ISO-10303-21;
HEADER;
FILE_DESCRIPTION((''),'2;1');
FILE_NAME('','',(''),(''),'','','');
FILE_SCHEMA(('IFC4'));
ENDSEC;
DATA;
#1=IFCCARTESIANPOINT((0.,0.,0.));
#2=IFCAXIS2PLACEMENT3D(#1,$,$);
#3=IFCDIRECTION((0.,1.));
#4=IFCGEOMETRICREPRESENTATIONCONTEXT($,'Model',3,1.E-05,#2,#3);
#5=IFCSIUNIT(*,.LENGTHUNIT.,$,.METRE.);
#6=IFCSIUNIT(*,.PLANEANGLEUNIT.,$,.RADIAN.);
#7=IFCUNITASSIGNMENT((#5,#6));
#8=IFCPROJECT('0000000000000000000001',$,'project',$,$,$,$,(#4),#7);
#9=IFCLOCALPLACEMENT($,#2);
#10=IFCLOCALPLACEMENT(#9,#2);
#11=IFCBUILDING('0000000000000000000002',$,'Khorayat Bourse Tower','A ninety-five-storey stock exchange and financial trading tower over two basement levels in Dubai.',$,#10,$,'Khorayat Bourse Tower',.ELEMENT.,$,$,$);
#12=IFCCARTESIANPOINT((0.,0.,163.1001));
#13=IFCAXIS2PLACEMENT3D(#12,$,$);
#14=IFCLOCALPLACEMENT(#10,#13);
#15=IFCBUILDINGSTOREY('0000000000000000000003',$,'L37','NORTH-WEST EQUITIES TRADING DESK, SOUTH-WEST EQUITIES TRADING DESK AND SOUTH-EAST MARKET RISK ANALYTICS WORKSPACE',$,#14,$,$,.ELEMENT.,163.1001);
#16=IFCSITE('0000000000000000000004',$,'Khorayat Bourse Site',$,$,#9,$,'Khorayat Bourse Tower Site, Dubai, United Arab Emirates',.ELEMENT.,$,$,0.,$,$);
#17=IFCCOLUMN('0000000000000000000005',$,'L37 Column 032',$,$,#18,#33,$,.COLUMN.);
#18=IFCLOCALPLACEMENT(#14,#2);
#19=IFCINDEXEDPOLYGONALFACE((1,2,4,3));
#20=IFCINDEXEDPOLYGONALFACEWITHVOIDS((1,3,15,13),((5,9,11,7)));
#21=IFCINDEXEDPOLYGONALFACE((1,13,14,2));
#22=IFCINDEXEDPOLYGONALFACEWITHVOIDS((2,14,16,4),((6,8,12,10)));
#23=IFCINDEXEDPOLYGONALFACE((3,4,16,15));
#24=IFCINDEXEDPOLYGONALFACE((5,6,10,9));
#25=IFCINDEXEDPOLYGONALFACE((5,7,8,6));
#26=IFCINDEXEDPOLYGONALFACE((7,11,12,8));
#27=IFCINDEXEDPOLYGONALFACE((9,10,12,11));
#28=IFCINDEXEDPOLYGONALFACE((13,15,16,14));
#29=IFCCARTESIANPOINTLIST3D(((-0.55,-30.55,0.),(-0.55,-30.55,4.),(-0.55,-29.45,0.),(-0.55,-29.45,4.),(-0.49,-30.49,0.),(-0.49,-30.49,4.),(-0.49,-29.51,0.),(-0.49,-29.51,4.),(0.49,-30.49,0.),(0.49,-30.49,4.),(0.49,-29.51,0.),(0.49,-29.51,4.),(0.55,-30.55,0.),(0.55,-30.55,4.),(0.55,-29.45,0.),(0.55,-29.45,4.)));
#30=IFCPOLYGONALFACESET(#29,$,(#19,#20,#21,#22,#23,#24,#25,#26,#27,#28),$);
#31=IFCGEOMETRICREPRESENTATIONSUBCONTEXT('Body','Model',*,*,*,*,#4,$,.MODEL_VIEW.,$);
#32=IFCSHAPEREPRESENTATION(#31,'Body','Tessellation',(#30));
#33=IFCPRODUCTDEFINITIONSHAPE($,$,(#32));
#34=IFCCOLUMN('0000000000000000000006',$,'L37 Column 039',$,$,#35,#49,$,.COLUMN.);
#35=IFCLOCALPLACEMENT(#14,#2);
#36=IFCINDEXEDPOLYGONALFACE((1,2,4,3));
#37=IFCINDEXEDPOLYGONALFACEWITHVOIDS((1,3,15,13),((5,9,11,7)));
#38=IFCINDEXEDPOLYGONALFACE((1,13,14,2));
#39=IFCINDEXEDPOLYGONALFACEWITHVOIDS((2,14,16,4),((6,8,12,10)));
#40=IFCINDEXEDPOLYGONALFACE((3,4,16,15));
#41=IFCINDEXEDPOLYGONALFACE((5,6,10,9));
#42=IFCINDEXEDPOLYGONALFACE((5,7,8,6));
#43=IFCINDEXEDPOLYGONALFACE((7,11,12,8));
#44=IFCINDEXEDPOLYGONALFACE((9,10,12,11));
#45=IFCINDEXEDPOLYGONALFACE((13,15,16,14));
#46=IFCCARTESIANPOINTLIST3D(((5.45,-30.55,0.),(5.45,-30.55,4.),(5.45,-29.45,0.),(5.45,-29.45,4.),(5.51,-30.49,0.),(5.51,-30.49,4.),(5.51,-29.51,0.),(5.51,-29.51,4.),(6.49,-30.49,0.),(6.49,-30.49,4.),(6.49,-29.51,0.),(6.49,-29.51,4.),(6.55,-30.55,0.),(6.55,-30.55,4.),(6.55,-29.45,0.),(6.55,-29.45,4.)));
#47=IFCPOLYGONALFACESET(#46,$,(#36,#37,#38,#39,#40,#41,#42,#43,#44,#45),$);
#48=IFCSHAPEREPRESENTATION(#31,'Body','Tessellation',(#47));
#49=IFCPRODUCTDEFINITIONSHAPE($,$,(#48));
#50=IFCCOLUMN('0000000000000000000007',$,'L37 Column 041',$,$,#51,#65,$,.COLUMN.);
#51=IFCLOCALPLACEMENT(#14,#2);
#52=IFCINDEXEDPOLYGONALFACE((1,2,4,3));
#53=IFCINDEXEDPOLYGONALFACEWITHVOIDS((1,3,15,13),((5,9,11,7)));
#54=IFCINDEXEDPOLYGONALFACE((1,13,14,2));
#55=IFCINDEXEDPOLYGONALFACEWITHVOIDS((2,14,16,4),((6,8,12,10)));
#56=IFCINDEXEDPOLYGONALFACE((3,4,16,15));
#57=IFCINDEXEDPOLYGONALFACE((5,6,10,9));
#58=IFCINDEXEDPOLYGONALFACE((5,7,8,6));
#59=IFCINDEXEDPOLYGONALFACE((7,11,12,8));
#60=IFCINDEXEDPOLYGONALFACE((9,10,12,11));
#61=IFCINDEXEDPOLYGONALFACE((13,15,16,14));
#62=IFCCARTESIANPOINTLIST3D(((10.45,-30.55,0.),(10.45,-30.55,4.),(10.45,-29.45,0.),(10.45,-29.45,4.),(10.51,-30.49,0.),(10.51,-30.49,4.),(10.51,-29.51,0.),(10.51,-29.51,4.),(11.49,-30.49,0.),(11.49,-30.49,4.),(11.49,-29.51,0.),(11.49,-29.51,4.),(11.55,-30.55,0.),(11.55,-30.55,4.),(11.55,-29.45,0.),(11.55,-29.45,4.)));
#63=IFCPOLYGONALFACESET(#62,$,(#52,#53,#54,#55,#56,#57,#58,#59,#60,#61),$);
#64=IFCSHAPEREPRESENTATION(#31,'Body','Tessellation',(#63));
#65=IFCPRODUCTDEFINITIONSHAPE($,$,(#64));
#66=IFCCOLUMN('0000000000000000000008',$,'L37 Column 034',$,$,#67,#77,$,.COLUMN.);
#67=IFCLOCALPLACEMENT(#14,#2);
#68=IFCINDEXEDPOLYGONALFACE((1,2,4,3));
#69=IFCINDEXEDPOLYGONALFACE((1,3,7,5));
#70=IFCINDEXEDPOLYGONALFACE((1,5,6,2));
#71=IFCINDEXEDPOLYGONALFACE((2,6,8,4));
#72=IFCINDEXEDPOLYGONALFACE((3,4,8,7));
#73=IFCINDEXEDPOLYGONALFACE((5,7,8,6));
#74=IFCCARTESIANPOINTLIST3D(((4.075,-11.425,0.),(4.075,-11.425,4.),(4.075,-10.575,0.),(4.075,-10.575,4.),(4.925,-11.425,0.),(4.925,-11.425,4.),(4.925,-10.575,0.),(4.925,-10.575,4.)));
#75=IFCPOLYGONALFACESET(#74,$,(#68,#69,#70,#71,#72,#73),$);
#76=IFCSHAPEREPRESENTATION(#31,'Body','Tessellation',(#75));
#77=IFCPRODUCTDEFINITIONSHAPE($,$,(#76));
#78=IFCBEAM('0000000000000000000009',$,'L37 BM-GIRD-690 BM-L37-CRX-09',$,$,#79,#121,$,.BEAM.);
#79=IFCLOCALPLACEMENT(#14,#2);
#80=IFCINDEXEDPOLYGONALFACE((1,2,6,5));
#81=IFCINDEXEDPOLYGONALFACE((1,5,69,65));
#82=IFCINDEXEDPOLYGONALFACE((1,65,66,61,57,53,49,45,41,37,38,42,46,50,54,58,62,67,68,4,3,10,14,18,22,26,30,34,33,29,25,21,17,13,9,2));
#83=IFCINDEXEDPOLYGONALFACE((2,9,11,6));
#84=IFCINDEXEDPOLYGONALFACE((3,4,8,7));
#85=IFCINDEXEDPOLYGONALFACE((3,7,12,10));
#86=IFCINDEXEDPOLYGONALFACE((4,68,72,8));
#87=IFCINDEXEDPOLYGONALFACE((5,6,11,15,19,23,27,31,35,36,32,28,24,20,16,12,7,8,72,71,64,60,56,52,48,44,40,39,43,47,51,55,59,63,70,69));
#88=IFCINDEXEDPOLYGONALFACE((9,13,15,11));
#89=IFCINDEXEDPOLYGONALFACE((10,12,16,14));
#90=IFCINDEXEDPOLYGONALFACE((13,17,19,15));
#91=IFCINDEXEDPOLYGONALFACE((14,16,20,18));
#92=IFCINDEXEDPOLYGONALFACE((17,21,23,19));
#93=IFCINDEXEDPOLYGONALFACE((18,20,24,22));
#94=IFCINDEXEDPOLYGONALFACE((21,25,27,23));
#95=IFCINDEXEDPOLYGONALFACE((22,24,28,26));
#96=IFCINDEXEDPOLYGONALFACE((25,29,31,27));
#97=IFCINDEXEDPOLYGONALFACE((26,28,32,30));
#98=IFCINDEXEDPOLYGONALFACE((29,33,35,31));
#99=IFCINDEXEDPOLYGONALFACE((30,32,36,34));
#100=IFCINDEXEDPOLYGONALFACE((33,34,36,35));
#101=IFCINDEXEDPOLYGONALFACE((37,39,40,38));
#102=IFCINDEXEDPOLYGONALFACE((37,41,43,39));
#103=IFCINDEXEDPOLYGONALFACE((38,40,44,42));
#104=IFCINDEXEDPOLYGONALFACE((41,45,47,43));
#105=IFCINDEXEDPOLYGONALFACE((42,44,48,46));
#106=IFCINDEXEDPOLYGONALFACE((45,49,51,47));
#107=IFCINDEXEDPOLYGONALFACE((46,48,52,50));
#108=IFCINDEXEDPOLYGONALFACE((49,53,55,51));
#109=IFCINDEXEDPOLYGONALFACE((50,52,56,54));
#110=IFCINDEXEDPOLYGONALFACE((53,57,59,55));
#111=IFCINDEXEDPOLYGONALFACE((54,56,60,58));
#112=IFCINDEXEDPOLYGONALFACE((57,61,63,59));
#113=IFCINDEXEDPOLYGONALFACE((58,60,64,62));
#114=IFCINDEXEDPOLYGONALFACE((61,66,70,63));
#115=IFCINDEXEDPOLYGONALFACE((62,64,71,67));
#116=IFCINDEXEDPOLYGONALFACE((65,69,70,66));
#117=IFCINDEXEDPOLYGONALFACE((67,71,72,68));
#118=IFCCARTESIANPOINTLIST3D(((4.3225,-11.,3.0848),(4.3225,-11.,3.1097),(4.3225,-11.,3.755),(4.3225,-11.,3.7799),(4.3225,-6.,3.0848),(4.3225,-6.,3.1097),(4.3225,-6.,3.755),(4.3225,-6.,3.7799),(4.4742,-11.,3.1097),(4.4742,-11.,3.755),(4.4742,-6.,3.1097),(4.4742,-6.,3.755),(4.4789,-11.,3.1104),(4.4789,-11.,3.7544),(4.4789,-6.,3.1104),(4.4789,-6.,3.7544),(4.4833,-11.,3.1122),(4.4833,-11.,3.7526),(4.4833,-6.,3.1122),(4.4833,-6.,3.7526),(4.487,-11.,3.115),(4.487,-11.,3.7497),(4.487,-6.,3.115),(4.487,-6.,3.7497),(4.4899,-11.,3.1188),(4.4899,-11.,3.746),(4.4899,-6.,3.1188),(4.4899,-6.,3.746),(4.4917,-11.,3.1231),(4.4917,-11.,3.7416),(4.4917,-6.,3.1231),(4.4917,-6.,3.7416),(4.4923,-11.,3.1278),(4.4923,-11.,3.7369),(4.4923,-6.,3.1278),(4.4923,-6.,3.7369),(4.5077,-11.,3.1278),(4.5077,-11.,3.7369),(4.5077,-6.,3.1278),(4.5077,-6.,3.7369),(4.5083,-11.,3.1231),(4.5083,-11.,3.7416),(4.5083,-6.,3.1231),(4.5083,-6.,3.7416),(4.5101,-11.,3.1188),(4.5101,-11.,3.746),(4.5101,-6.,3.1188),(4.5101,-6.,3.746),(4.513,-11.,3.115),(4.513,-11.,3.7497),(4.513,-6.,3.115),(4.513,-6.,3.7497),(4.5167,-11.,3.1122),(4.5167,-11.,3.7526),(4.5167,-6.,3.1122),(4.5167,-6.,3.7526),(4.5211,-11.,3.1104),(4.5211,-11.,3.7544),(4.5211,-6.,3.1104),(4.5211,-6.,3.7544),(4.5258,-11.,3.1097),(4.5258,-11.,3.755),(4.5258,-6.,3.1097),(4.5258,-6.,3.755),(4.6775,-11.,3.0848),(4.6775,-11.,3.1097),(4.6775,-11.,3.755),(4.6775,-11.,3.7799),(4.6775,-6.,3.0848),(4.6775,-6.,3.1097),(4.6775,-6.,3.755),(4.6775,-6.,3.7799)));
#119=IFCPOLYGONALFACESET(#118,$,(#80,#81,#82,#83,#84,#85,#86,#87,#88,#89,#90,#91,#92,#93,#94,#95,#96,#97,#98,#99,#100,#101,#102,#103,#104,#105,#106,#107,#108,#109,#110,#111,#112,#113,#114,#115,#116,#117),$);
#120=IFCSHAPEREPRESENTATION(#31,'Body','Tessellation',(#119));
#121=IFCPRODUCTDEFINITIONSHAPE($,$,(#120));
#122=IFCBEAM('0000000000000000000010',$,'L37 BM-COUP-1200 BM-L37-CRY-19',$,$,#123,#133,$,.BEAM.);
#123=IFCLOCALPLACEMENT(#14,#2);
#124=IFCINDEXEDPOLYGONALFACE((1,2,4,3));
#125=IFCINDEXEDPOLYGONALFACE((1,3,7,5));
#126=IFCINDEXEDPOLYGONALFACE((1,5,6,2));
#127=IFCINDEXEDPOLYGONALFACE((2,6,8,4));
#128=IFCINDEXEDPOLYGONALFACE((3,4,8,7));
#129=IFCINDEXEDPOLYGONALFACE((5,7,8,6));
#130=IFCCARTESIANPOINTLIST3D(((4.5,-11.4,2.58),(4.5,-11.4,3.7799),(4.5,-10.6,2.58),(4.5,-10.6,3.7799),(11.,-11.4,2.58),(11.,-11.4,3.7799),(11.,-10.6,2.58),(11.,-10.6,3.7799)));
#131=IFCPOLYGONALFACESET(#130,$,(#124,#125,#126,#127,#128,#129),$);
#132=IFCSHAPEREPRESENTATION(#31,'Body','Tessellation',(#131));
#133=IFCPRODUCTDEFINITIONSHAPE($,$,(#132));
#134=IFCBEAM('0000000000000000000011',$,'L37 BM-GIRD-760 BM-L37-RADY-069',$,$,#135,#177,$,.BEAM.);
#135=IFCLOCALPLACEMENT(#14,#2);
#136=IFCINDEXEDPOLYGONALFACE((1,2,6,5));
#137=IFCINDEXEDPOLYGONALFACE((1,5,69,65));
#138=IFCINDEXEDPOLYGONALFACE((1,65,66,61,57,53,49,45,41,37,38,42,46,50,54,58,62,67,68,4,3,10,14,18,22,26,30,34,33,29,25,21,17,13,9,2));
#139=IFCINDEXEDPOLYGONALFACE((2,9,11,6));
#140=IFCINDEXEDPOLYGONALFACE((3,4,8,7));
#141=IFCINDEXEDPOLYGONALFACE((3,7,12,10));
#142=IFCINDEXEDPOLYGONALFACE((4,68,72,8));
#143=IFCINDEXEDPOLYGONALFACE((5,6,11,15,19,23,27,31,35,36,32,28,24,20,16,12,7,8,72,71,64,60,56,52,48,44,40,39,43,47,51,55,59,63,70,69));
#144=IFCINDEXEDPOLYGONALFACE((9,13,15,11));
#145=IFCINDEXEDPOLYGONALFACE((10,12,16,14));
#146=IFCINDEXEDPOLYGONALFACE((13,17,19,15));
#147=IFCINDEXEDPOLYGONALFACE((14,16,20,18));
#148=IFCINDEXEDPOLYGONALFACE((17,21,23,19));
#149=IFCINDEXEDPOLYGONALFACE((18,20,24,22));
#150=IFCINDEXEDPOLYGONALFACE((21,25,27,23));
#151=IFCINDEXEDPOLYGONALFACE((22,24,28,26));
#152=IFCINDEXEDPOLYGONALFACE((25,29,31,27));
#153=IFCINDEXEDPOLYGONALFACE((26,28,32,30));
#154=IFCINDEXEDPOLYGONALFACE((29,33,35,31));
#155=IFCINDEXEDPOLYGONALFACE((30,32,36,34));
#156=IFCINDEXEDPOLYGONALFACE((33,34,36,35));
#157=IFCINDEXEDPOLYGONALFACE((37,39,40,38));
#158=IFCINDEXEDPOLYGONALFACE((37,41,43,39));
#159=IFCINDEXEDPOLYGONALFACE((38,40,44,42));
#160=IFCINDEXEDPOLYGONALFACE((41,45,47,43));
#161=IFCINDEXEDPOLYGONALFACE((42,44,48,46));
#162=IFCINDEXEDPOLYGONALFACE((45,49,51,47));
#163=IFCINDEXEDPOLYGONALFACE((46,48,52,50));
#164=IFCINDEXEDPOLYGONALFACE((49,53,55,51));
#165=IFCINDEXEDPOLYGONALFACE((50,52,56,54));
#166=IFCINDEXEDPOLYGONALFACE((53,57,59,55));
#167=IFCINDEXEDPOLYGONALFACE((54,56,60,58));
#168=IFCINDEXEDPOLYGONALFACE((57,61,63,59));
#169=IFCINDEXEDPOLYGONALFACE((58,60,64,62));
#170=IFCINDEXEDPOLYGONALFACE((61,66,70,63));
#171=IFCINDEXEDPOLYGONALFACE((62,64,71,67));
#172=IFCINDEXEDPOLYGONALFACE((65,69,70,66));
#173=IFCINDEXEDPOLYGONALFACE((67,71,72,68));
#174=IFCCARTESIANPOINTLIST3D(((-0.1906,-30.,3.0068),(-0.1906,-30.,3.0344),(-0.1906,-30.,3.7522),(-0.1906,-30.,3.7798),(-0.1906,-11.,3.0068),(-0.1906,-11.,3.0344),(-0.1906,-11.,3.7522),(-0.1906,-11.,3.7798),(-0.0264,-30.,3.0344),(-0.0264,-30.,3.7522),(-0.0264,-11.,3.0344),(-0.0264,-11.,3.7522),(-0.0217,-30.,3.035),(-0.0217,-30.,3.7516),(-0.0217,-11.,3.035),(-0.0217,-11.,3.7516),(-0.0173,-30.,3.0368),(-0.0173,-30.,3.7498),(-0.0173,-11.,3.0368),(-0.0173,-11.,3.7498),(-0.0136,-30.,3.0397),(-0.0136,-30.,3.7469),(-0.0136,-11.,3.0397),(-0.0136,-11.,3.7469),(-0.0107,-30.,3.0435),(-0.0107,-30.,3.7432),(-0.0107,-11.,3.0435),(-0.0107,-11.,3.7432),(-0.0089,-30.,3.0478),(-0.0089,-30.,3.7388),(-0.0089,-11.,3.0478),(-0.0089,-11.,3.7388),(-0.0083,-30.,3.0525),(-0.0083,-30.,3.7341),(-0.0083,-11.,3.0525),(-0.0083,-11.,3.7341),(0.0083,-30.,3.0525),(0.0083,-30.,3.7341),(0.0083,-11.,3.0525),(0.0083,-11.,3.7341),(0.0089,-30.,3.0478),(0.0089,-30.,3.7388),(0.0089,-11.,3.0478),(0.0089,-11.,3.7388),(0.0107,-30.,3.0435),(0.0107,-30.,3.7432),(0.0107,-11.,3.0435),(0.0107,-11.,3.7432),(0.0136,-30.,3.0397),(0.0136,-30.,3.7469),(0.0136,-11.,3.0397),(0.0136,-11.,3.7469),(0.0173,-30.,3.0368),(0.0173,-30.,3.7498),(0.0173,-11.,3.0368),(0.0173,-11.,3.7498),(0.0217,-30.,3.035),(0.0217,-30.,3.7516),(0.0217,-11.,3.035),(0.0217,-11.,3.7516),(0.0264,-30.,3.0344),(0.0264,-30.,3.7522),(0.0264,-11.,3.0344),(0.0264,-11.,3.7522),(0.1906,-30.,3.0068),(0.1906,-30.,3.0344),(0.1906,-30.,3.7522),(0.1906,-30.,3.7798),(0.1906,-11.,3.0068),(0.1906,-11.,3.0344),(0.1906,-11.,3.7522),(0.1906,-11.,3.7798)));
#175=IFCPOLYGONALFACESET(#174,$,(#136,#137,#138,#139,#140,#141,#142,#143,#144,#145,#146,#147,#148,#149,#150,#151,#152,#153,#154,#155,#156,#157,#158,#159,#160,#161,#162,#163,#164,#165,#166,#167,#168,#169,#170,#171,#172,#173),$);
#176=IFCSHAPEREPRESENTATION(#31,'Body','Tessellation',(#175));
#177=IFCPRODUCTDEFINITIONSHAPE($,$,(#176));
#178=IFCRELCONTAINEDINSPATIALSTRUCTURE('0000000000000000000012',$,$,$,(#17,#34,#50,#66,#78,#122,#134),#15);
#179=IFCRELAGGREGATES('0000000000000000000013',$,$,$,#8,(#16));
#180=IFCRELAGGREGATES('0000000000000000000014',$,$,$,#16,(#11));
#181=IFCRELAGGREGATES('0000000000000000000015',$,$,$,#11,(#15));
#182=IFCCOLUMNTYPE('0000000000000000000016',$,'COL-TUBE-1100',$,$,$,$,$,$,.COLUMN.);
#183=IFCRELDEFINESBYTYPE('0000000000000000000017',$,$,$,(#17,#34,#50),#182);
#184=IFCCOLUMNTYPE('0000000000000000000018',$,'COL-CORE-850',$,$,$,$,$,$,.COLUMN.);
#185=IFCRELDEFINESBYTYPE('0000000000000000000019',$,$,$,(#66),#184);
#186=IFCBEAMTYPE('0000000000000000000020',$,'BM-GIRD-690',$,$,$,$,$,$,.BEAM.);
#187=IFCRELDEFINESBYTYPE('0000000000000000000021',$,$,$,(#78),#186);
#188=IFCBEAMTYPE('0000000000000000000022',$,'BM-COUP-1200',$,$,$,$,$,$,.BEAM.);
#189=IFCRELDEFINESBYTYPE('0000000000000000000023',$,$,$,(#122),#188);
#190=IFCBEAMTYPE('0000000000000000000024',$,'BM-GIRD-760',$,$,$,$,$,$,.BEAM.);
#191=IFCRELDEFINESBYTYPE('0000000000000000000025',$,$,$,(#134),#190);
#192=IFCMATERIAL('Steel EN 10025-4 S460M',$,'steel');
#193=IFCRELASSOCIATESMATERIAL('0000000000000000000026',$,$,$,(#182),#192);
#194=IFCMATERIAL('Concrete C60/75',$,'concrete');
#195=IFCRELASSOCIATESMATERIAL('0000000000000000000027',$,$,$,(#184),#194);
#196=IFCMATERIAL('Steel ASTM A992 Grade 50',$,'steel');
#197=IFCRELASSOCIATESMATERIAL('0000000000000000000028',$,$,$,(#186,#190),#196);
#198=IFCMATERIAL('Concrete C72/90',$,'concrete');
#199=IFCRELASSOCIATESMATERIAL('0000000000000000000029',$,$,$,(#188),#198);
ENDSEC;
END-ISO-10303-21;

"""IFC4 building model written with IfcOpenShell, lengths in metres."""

from ifc_helpers import new_model, si_unit, direction, frame, origin, origin_2d, place, context, subcontext, project, spatial, rectangle, hollow_rectangle, i_section, extrude, source, transform, mapped, material, material_profile, profile_set, type_object, element, save


model = new_model("IFC4")

# Units and contexts
model_context = context("Model", 3, precision=1e-05, world=origin(), true_north=direction((0.0, 1.0)))
body_context = subcontext(model_context, "Body", "Model", "MODEL_VIEW")
ifc_project = project(units=[si_unit("LENGTHUNIT", "METRE"), si_unit("PLANEANGLEUNIT", "RADIAN")], contexts=[model_context])

# Site, building, storey
site_placement = place(None, origin())
site = spatial("IfcSite", under=ifc_project, at=site_placement, Name="Khorayat Bourse Site", LongName="Khorayat Bourse Tower Site, Dubai, United Arab Emirates", CompositionType="ELEMENT", RefElevation=0.0)
building_placement = place(site_placement, origin())
building = spatial("IfcBuilding", under=site, at=building_placement, Name="Khorayat Bourse Tower", Description="A ninety-five-storey stock exchange and financial trading tower over two basement levels in Dubai.", LongName="Khorayat Bourse Tower", CompositionType="ELEMENT")
storey_placement = place(building_placement, frame((0.0, 0.0, 163.1001)))
storey = spatial("IfcBuildingStorey", under=building, at=storey_placement, Name="L37", Description="NORTH-WEST EQUITIES TRADING DESK, SOUTH-WEST EQUITIES TRADING DESK AND SOUTH-EAST MARKET RISK ANALYTICS WORKSPACE", CompositionType="ELEMENT", Elevation=163.1001)

# Columns
ifc_material_1 = material(Name="Steel EN 10025-4 S460M", Category="steel")
ifc_material_profile_1 = material_profile(ifc_material_1, hollow_rectangle(XDim=1.1001, YDim=1.1001, WallThickness=0.0601, at=origin_2d()), Name="BOX 1100x1100x60")
ifc_profile_set_1 = profile_set([ifc_material_profile_1], Name="Steel EN 10025-4 S460M")
column_type_1 = type_object("IfcColumnType", Name="COL-TUBE-1100", PredefinedType="COLUMN", material=ifc_profile_set_1)
shared_shape_1 = source(origin(), body_context, "Body", "SweptSolid", [
    extrude(hollow_rectangle(XDim=1.1001, YDim=1.1001, WallThickness=0.0601, at=origin_2d()), origin(), (0.0, 0.0, 1.0), 4.0),
])
for number, where, z_axis, x_axis, name in (
    (1, (0.0, -30.0, 0.0), (0.0, 0.0, 1.0), (1.0, 0.0, 0.0), "L37 Column 032"),
    (2, (6.0, -30.0, 0.0), (0.0, 0.0, 1.0), (1.0, 0.0, 0.0), "L37 Column 039"),
    (3, (11.0, -30.0, 0.0), (0.0, 0.0, 1.0), (1.0, 0.0, 0.0), "L37 Column 041"),
):
    element("IfcColumn", number, at=place(storey_placement, frame(where, z_axis=z_axis, x_axis=x_axis)), inside=storey, type_object=column_type_1, Name=name, PredefinedType="COLUMN", context=body_context, shape_type="MappedRepresentation", body=[
        mapped(shared_shape_1, transform((0.0, 0.0, 0.0), scale=1.0)),
    ])
ifc_material_2 = material(Name="Concrete C60/75", Category="concrete")
ifc_material_profile_2 = material_profile(ifc_material_2, rectangle(XDim=0.8501, YDim=0.8501, at=origin_2d()), Name="RC 850x850")
ifc_profile_set_2 = profile_set([ifc_material_profile_2], Name="Concrete C60/75")
column_type_2 = type_object("IfcColumnType", Name="COL-CORE-850", PredefinedType="COLUMN", material=ifc_profile_set_2)
shared_shape_2 = source(origin(), body_context, "Body", "SweptSolid", [
    extrude(rectangle(XDim=0.8501, YDim=0.8501, at=origin_2d()), origin(), (0.0, 0.0, 1.0), 4.0),
])
column_placement = place(storey_placement, frame((4.5, -11.0, 0.0), z_axis=(0.0, 0.0, 1.0), x_axis=(1.0, 0.0, 0.0)))
element("IfcColumn", 4, at=column_placement, inside=storey, type_object=column_type_2, Name="L37 Column 034", PredefinedType="COLUMN", context=body_context, shape_type="MappedRepresentation", body=[
    mapped(shared_shape_2, transform((0.0, 0.0, 0.0), scale=1.0)),
])

# Beams
ifc_material_3 = material(Name="Steel ASTM A992 Grade 50", Category="steel")
ifc_material_profile_3 = material_profile(ifc_material_3, i_section(OverallWidth=0.355, OverallDepth=0.6951, WebThickness=0.0154, FlangeThickness=0.0249, FilletRadius=0.0181, at=origin_2d()), Name="W690X217")
ifc_profile_set_3 = profile_set([ifc_material_profile_3], Name="Steel ASTM A992 Grade 50")
beam_type_1 = type_object("IfcBeamType", Name="BM-GIRD-690", PredefinedType="BEAM", material=ifc_profile_set_3)
shared_shape_3 = source(origin(), body_context, "Body", "SweptSolid", [
    extrude(i_section(OverallWidth=0.355, OverallDepth=0.6951, WebThickness=0.0154, FlangeThickness=0.0249, FilletRadius=0.0181, at=origin_2d()), origin(), (0.0, 0.0, 1.0), 5.0),
])
beam_1_placement = place(storey_placement, frame((4.5, -11.0, 3.4324), z_axis=(0.0, 1.0, 0.0), x_axis=(-1.0, 0.0, 0.0)))
element("IfcBeam", 5, at=beam_1_placement, inside=storey, type_object=beam_type_1, Name="L37 BM-GIRD-690 BM-L37-CRX-09", PredefinedType="BEAM", context=body_context, shape_type="MappedRepresentation", body=[
    mapped(shared_shape_3, transform((0.0, 0.0, 0.0), scale=1.0)),
])
ifc_material_4 = material(Name="Concrete C72/90", Category="concrete")
ifc_material_profile_4 = material_profile(ifc_material_4, rectangle(XDim=0.8, YDim=1.2, at=origin_2d()), Name="RC 800x1200")
ifc_profile_set_4 = profile_set([ifc_material_profile_4], Name="Concrete C72/90")
beam_type_2 = type_object("IfcBeamType", Name="BM-COUP-1200", PredefinedType="BEAM", material=ifc_profile_set_4)
shared_shape_4 = source(origin(), body_context, "Body", "SweptSolid", [
    extrude(rectangle(XDim=0.8, YDim=1.2, at=origin_2d()), origin(), (0.0, 0.0, 1.0), 6.5),
])
beam_2_placement = place(storey_placement, frame((4.5, -11.0, 3.1799), z_axis=(1.0, 0.0, 0.0), x_axis=(0.0, 1.0, 0.0)))
element("IfcBeam", 6, at=beam_2_placement, inside=storey, type_object=beam_type_2, Name="L37 BM-COUP-1200 BM-L37-CRY-19", PredefinedType="BEAM", context=body_context, shape_type="MappedRepresentation", body=[
    mapped(shared_shape_4, transform((0.0, 0.0, 0.0), scale=1.0)),
])
ifc_material_profile_5 = material_profile(ifc_material_3, i_section(OverallWidth=0.3811, OverallDepth=0.7729, WebThickness=0.0166, FlangeThickness=0.0276, FilletRadius=0.0181, at=origin_2d()), Name="W760X257")
ifc_profile_set_5 = profile_set([ifc_material_profile_5], Name="Steel ASTM A992 Grade 50")
beam_type_3 = type_object("IfcBeamType", Name="BM-GIRD-760", PredefinedType="BEAM", material=ifc_profile_set_5)
shared_shape_5 = source(origin(), body_context, "Body", "SweptSolid", [
    extrude(i_section(OverallWidth=0.3811, OverallDepth=0.7729, WebThickness=0.0166, FlangeThickness=0.0276, FilletRadius=0.0181, at=origin_2d()), origin(), (0.0, 0.0, 1.0), 19.0),
])
for number, where, z_axis, x_axis, name in (
    (7, (0.0, -30.0, 3.3933), (0.0, 1.0, 0.0), (-1.0, 0.0, 0.0), "L37 BM-GIRD-760 BM-L37-RADY-069"),
):
    element("IfcBeam", number, at=place(storey_placement, frame(where, z_axis=z_axis, x_axis=x_axis)), inside=storey, type_object=beam_type_3, Name=name, PredefinedType="BEAM", context=body_context, shape_type="MappedRepresentation", body=[
        mapped(shared_shape_5, transform((0.0, 0.0, 0.0), scale=1.0)),
    ])

save(model, "model.ifc")
